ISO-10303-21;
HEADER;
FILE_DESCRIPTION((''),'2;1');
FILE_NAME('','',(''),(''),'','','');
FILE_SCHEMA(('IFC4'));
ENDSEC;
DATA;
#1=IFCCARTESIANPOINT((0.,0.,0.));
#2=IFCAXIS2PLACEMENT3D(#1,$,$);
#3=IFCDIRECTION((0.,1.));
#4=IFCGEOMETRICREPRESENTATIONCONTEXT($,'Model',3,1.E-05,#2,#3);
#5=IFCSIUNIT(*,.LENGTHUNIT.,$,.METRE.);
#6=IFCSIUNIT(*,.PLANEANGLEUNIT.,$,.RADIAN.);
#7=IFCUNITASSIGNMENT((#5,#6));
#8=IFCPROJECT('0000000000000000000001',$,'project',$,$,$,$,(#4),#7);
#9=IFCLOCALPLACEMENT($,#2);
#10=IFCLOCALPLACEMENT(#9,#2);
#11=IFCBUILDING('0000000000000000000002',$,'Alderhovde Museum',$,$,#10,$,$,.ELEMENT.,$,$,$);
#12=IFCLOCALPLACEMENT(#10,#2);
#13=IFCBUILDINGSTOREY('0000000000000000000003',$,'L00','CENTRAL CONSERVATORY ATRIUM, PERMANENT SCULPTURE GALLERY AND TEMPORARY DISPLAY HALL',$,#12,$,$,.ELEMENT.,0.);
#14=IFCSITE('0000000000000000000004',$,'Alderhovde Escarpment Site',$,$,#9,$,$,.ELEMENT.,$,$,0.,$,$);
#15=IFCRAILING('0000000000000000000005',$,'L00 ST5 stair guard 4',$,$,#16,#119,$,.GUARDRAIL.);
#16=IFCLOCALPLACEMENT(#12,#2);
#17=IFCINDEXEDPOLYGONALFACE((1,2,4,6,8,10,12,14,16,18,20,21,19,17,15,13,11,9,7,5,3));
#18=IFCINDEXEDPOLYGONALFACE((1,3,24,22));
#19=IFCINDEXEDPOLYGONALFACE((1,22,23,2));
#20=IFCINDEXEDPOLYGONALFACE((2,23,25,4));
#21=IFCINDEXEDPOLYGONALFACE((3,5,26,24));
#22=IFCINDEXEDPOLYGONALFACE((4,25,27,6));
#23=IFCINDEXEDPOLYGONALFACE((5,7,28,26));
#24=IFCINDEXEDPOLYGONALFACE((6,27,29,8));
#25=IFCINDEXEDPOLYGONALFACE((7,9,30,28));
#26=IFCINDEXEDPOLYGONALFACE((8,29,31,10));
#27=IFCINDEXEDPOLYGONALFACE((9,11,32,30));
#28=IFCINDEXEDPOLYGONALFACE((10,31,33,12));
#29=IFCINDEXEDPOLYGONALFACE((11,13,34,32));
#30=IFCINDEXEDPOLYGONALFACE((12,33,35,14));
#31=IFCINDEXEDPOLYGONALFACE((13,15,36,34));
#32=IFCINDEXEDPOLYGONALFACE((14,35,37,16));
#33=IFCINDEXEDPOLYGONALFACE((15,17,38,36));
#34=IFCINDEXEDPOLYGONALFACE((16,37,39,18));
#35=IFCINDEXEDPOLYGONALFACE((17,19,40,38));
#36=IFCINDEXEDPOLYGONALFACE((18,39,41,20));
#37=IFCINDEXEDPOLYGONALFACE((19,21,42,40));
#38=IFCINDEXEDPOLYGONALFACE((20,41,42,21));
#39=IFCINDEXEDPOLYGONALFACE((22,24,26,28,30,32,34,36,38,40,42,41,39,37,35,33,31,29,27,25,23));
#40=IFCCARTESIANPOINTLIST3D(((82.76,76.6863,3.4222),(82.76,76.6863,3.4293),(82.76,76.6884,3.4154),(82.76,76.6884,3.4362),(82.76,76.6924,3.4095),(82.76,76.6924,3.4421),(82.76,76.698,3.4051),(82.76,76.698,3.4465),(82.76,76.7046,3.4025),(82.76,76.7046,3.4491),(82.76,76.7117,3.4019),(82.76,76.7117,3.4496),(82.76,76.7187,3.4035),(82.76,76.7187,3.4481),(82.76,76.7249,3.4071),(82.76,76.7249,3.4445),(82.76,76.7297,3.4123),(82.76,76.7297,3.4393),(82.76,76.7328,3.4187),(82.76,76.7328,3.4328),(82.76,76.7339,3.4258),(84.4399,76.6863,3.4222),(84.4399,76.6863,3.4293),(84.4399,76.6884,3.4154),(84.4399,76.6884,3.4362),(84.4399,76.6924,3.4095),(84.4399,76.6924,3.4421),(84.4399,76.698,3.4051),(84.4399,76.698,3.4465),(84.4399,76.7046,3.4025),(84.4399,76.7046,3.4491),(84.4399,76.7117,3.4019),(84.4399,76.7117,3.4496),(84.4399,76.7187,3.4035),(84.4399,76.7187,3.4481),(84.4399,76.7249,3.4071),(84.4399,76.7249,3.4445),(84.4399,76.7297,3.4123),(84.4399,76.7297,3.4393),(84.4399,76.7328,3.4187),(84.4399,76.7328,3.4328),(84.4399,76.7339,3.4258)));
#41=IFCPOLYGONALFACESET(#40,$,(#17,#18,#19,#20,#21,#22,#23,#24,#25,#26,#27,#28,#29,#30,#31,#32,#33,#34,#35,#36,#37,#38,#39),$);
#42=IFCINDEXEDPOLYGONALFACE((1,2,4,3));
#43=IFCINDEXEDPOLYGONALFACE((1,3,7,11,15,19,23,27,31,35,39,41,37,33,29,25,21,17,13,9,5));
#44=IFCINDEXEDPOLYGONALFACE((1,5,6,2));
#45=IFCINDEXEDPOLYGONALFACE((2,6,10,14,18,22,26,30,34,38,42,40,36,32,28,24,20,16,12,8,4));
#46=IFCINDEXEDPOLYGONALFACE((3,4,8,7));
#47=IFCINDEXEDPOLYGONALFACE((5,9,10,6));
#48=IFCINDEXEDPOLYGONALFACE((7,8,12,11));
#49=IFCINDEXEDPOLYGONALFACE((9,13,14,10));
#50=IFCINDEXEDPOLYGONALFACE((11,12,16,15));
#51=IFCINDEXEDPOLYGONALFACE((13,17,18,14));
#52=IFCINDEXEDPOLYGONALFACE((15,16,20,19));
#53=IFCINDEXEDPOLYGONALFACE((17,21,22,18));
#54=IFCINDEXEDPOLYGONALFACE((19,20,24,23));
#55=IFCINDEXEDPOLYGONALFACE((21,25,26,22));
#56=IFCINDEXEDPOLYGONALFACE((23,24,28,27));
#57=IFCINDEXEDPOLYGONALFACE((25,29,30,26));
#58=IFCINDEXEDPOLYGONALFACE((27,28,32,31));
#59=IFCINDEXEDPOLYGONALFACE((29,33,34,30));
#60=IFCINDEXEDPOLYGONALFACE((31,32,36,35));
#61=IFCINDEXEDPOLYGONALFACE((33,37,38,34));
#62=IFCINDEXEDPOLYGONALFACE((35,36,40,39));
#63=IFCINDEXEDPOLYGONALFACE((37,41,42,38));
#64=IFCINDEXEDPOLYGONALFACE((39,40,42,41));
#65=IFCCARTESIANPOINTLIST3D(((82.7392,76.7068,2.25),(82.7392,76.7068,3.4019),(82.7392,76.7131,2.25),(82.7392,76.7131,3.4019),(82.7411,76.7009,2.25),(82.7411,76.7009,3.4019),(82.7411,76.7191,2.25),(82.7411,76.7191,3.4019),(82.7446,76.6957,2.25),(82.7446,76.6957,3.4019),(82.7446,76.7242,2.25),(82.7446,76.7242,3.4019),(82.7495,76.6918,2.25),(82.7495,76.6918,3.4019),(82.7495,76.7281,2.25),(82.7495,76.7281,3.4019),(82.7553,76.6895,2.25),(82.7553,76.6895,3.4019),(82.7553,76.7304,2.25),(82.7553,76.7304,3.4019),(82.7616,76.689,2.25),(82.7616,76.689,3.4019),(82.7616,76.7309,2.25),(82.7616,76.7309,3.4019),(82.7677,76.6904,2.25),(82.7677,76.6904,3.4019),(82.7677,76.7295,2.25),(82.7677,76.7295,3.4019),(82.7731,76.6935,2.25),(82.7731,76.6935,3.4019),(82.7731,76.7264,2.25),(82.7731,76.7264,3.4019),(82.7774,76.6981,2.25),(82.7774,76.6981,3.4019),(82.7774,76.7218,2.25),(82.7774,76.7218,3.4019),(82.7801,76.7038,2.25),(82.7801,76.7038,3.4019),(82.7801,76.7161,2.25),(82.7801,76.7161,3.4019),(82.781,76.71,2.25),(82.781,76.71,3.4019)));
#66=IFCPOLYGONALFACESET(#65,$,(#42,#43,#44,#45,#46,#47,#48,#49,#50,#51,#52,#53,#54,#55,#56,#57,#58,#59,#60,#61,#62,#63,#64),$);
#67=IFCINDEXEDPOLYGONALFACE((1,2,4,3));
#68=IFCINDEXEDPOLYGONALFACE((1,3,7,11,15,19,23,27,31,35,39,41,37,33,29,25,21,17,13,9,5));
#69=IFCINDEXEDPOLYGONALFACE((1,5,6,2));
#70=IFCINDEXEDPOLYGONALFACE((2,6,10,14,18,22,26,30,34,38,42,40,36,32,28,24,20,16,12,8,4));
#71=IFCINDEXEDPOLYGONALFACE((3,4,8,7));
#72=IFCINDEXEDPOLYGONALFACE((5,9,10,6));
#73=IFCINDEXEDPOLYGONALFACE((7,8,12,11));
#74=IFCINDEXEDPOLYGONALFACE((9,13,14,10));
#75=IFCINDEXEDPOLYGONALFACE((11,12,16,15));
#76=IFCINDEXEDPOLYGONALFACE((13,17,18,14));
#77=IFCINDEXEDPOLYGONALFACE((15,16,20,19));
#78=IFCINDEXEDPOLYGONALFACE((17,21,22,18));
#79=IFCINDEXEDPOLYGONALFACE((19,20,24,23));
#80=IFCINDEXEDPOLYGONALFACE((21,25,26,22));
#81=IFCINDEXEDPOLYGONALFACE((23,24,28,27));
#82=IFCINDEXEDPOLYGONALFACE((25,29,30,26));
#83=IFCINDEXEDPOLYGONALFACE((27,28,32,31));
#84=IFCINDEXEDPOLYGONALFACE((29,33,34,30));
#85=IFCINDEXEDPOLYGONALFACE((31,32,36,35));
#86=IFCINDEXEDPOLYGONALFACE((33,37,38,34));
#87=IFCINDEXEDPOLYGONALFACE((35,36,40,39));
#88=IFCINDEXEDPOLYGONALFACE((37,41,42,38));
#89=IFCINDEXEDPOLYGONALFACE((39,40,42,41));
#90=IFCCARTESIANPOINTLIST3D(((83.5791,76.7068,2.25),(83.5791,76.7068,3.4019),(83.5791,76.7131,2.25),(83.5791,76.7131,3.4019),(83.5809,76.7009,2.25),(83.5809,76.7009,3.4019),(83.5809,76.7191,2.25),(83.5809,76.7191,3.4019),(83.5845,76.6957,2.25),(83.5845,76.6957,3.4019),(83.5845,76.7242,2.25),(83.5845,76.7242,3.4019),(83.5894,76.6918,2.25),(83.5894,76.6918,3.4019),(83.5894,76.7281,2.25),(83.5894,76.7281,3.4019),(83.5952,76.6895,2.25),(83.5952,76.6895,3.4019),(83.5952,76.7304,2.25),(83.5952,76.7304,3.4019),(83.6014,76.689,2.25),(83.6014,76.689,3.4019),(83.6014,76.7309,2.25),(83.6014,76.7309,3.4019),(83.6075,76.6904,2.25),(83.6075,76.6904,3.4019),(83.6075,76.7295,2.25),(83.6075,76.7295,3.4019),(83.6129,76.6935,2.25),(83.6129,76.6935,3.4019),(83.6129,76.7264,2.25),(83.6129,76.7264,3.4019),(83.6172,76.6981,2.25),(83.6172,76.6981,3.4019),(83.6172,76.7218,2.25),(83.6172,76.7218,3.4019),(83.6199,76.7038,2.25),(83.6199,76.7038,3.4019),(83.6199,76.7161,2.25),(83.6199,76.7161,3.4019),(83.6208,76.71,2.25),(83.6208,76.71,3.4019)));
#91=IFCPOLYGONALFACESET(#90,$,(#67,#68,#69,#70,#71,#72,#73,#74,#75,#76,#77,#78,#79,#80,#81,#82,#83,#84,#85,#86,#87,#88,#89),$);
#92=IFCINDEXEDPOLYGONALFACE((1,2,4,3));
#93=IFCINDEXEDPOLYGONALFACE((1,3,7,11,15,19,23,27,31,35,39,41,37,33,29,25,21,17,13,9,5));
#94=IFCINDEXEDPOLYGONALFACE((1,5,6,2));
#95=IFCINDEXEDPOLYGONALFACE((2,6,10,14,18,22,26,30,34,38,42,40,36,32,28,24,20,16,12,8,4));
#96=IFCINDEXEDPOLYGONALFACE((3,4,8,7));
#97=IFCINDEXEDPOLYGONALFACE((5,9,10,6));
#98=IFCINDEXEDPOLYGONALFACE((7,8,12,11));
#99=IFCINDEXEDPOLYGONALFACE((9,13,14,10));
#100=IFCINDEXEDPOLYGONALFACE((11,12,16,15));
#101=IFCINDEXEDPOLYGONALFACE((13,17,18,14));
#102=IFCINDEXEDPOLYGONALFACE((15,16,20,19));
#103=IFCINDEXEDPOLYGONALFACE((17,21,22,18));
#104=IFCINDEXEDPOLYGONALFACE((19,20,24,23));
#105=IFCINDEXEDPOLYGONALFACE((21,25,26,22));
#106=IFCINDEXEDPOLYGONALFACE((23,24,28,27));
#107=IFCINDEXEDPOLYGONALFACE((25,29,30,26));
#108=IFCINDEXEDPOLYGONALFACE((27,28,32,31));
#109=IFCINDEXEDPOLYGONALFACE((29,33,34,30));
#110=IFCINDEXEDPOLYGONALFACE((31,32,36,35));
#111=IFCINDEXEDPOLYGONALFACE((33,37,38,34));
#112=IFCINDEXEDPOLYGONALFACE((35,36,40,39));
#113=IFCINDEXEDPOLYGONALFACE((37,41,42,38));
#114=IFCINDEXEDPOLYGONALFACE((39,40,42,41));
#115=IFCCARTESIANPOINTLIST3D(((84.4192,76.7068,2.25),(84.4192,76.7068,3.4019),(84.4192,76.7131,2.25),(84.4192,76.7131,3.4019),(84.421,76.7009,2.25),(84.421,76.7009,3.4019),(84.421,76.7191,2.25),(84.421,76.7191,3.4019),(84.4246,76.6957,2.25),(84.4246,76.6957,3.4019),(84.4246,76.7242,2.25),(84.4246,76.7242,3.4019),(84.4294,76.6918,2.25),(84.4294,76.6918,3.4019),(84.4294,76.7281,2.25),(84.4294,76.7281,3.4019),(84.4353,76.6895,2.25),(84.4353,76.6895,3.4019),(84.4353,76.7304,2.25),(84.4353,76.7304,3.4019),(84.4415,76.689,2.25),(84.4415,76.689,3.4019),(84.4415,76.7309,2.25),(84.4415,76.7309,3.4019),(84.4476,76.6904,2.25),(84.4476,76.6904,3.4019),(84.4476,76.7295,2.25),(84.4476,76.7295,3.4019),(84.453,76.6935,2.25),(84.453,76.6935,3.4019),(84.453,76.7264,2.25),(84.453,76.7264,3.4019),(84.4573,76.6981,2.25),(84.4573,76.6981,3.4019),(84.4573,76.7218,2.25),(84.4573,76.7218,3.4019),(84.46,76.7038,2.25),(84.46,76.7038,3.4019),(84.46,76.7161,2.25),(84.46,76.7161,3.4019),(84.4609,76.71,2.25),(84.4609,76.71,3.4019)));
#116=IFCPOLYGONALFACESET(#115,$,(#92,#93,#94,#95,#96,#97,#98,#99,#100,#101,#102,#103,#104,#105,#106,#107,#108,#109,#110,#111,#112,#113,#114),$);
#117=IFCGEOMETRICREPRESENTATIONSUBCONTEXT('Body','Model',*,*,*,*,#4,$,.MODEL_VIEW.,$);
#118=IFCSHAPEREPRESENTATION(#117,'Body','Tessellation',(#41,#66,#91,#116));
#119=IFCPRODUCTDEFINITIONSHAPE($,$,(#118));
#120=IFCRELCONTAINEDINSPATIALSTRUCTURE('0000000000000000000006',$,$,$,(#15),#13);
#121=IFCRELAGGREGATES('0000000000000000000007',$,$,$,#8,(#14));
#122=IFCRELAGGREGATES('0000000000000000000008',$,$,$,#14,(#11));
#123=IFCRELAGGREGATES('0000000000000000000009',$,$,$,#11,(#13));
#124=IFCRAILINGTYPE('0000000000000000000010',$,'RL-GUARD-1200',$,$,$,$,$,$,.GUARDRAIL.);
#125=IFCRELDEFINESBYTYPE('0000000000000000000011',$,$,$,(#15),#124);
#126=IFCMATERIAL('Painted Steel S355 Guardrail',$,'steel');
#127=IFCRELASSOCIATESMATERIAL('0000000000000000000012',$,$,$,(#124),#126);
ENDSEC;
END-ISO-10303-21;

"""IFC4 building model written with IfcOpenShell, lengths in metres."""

from ifc_helpers import new_model, si_unit, direction, frame, origin, origin_2d, place, context, subcontext, project, spatial, circle, extrude, material, type_object, element, save


model = new_model("IFC4")

# Units and contexts
model_context = context("Model", 3, precision=1e-05, world=origin(), true_north=direction((0.0, 1.0)))
body_context = subcontext(model_context, "Body", "Model", "MODEL_VIEW")
ifc_project = project(units=[si_unit("LENGTHUNIT", "METRE"), si_unit("PLANEANGLEUNIT", "RADIAN")], contexts=[model_context])

# Site, building, storey
site_placement = place(None, origin())
site = spatial("IfcSite", under=ifc_project, at=site_placement, Name="Alderhovde Escarpment Site", CompositionType="ELEMENT", RefElevation=0.0)
building_placement = place(site_placement, origin())
building = spatial("IfcBuilding", under=site, at=building_placement, Name="Alderhovde Museum", CompositionType="ELEMENT")
storey_placement = place(building_placement, origin())
storey = spatial("IfcBuildingStorey", under=building, at=storey_placement, Name="L00", Description="CENTRAL CONSERVATORY ATRIUM, PERMANENT SCULPTURE GALLERY AND TEMPORARY DISPLAY HALL", CompositionType="ELEMENT", Elevation=0.0)

# Railing
ifc_material_1 = material(Name="Painted Steel S355 Guardrail", Category="steel")
railing_type_1 = type_object("IfcRailingType", Name="RL-GUARD-1200", PredefinedType="GUARDRAIL", material=ifc_material_1)
for number, where, name in (
    (1, (82.76, 76.71, 2.25), "L00 ST5 stair guard 4"),
):
    element("IfcRailing", number, at=place(storey_placement, frame(where)), inside=storey, type_object=railing_type_1, Name=name, PredefinedType="GUARDRAIL", context=body_context, shape_type="SweptSolid", body=[
        extrude(circle(Radius=0.0239, at=origin_2d()), frame((0.0, 0.0, 1.1758), z_axis=(1.0, 0.0, 0.0), x_axis=(0.0, 1.0, 0.0)), (0.0, 0.0, 1.0), 1.6799),
        extrude(circle(Radius=0.021, at=origin_2d()), origin(), (0.0, 0.0, 1.0), 1.1519),
        extrude(circle(Radius=0.021, at=origin_2d()), frame((0.8398, 0.0, 0.0)), (0.0, 0.0, 1.0), 1.1519),
        extrude(circle(Radius=0.021, at=origin_2d()), frame((1.6799, 0.0, 0.0)), (0.0, 0.0, 1.0), 1.1519),
    ])

save(model, "model.ifc")
